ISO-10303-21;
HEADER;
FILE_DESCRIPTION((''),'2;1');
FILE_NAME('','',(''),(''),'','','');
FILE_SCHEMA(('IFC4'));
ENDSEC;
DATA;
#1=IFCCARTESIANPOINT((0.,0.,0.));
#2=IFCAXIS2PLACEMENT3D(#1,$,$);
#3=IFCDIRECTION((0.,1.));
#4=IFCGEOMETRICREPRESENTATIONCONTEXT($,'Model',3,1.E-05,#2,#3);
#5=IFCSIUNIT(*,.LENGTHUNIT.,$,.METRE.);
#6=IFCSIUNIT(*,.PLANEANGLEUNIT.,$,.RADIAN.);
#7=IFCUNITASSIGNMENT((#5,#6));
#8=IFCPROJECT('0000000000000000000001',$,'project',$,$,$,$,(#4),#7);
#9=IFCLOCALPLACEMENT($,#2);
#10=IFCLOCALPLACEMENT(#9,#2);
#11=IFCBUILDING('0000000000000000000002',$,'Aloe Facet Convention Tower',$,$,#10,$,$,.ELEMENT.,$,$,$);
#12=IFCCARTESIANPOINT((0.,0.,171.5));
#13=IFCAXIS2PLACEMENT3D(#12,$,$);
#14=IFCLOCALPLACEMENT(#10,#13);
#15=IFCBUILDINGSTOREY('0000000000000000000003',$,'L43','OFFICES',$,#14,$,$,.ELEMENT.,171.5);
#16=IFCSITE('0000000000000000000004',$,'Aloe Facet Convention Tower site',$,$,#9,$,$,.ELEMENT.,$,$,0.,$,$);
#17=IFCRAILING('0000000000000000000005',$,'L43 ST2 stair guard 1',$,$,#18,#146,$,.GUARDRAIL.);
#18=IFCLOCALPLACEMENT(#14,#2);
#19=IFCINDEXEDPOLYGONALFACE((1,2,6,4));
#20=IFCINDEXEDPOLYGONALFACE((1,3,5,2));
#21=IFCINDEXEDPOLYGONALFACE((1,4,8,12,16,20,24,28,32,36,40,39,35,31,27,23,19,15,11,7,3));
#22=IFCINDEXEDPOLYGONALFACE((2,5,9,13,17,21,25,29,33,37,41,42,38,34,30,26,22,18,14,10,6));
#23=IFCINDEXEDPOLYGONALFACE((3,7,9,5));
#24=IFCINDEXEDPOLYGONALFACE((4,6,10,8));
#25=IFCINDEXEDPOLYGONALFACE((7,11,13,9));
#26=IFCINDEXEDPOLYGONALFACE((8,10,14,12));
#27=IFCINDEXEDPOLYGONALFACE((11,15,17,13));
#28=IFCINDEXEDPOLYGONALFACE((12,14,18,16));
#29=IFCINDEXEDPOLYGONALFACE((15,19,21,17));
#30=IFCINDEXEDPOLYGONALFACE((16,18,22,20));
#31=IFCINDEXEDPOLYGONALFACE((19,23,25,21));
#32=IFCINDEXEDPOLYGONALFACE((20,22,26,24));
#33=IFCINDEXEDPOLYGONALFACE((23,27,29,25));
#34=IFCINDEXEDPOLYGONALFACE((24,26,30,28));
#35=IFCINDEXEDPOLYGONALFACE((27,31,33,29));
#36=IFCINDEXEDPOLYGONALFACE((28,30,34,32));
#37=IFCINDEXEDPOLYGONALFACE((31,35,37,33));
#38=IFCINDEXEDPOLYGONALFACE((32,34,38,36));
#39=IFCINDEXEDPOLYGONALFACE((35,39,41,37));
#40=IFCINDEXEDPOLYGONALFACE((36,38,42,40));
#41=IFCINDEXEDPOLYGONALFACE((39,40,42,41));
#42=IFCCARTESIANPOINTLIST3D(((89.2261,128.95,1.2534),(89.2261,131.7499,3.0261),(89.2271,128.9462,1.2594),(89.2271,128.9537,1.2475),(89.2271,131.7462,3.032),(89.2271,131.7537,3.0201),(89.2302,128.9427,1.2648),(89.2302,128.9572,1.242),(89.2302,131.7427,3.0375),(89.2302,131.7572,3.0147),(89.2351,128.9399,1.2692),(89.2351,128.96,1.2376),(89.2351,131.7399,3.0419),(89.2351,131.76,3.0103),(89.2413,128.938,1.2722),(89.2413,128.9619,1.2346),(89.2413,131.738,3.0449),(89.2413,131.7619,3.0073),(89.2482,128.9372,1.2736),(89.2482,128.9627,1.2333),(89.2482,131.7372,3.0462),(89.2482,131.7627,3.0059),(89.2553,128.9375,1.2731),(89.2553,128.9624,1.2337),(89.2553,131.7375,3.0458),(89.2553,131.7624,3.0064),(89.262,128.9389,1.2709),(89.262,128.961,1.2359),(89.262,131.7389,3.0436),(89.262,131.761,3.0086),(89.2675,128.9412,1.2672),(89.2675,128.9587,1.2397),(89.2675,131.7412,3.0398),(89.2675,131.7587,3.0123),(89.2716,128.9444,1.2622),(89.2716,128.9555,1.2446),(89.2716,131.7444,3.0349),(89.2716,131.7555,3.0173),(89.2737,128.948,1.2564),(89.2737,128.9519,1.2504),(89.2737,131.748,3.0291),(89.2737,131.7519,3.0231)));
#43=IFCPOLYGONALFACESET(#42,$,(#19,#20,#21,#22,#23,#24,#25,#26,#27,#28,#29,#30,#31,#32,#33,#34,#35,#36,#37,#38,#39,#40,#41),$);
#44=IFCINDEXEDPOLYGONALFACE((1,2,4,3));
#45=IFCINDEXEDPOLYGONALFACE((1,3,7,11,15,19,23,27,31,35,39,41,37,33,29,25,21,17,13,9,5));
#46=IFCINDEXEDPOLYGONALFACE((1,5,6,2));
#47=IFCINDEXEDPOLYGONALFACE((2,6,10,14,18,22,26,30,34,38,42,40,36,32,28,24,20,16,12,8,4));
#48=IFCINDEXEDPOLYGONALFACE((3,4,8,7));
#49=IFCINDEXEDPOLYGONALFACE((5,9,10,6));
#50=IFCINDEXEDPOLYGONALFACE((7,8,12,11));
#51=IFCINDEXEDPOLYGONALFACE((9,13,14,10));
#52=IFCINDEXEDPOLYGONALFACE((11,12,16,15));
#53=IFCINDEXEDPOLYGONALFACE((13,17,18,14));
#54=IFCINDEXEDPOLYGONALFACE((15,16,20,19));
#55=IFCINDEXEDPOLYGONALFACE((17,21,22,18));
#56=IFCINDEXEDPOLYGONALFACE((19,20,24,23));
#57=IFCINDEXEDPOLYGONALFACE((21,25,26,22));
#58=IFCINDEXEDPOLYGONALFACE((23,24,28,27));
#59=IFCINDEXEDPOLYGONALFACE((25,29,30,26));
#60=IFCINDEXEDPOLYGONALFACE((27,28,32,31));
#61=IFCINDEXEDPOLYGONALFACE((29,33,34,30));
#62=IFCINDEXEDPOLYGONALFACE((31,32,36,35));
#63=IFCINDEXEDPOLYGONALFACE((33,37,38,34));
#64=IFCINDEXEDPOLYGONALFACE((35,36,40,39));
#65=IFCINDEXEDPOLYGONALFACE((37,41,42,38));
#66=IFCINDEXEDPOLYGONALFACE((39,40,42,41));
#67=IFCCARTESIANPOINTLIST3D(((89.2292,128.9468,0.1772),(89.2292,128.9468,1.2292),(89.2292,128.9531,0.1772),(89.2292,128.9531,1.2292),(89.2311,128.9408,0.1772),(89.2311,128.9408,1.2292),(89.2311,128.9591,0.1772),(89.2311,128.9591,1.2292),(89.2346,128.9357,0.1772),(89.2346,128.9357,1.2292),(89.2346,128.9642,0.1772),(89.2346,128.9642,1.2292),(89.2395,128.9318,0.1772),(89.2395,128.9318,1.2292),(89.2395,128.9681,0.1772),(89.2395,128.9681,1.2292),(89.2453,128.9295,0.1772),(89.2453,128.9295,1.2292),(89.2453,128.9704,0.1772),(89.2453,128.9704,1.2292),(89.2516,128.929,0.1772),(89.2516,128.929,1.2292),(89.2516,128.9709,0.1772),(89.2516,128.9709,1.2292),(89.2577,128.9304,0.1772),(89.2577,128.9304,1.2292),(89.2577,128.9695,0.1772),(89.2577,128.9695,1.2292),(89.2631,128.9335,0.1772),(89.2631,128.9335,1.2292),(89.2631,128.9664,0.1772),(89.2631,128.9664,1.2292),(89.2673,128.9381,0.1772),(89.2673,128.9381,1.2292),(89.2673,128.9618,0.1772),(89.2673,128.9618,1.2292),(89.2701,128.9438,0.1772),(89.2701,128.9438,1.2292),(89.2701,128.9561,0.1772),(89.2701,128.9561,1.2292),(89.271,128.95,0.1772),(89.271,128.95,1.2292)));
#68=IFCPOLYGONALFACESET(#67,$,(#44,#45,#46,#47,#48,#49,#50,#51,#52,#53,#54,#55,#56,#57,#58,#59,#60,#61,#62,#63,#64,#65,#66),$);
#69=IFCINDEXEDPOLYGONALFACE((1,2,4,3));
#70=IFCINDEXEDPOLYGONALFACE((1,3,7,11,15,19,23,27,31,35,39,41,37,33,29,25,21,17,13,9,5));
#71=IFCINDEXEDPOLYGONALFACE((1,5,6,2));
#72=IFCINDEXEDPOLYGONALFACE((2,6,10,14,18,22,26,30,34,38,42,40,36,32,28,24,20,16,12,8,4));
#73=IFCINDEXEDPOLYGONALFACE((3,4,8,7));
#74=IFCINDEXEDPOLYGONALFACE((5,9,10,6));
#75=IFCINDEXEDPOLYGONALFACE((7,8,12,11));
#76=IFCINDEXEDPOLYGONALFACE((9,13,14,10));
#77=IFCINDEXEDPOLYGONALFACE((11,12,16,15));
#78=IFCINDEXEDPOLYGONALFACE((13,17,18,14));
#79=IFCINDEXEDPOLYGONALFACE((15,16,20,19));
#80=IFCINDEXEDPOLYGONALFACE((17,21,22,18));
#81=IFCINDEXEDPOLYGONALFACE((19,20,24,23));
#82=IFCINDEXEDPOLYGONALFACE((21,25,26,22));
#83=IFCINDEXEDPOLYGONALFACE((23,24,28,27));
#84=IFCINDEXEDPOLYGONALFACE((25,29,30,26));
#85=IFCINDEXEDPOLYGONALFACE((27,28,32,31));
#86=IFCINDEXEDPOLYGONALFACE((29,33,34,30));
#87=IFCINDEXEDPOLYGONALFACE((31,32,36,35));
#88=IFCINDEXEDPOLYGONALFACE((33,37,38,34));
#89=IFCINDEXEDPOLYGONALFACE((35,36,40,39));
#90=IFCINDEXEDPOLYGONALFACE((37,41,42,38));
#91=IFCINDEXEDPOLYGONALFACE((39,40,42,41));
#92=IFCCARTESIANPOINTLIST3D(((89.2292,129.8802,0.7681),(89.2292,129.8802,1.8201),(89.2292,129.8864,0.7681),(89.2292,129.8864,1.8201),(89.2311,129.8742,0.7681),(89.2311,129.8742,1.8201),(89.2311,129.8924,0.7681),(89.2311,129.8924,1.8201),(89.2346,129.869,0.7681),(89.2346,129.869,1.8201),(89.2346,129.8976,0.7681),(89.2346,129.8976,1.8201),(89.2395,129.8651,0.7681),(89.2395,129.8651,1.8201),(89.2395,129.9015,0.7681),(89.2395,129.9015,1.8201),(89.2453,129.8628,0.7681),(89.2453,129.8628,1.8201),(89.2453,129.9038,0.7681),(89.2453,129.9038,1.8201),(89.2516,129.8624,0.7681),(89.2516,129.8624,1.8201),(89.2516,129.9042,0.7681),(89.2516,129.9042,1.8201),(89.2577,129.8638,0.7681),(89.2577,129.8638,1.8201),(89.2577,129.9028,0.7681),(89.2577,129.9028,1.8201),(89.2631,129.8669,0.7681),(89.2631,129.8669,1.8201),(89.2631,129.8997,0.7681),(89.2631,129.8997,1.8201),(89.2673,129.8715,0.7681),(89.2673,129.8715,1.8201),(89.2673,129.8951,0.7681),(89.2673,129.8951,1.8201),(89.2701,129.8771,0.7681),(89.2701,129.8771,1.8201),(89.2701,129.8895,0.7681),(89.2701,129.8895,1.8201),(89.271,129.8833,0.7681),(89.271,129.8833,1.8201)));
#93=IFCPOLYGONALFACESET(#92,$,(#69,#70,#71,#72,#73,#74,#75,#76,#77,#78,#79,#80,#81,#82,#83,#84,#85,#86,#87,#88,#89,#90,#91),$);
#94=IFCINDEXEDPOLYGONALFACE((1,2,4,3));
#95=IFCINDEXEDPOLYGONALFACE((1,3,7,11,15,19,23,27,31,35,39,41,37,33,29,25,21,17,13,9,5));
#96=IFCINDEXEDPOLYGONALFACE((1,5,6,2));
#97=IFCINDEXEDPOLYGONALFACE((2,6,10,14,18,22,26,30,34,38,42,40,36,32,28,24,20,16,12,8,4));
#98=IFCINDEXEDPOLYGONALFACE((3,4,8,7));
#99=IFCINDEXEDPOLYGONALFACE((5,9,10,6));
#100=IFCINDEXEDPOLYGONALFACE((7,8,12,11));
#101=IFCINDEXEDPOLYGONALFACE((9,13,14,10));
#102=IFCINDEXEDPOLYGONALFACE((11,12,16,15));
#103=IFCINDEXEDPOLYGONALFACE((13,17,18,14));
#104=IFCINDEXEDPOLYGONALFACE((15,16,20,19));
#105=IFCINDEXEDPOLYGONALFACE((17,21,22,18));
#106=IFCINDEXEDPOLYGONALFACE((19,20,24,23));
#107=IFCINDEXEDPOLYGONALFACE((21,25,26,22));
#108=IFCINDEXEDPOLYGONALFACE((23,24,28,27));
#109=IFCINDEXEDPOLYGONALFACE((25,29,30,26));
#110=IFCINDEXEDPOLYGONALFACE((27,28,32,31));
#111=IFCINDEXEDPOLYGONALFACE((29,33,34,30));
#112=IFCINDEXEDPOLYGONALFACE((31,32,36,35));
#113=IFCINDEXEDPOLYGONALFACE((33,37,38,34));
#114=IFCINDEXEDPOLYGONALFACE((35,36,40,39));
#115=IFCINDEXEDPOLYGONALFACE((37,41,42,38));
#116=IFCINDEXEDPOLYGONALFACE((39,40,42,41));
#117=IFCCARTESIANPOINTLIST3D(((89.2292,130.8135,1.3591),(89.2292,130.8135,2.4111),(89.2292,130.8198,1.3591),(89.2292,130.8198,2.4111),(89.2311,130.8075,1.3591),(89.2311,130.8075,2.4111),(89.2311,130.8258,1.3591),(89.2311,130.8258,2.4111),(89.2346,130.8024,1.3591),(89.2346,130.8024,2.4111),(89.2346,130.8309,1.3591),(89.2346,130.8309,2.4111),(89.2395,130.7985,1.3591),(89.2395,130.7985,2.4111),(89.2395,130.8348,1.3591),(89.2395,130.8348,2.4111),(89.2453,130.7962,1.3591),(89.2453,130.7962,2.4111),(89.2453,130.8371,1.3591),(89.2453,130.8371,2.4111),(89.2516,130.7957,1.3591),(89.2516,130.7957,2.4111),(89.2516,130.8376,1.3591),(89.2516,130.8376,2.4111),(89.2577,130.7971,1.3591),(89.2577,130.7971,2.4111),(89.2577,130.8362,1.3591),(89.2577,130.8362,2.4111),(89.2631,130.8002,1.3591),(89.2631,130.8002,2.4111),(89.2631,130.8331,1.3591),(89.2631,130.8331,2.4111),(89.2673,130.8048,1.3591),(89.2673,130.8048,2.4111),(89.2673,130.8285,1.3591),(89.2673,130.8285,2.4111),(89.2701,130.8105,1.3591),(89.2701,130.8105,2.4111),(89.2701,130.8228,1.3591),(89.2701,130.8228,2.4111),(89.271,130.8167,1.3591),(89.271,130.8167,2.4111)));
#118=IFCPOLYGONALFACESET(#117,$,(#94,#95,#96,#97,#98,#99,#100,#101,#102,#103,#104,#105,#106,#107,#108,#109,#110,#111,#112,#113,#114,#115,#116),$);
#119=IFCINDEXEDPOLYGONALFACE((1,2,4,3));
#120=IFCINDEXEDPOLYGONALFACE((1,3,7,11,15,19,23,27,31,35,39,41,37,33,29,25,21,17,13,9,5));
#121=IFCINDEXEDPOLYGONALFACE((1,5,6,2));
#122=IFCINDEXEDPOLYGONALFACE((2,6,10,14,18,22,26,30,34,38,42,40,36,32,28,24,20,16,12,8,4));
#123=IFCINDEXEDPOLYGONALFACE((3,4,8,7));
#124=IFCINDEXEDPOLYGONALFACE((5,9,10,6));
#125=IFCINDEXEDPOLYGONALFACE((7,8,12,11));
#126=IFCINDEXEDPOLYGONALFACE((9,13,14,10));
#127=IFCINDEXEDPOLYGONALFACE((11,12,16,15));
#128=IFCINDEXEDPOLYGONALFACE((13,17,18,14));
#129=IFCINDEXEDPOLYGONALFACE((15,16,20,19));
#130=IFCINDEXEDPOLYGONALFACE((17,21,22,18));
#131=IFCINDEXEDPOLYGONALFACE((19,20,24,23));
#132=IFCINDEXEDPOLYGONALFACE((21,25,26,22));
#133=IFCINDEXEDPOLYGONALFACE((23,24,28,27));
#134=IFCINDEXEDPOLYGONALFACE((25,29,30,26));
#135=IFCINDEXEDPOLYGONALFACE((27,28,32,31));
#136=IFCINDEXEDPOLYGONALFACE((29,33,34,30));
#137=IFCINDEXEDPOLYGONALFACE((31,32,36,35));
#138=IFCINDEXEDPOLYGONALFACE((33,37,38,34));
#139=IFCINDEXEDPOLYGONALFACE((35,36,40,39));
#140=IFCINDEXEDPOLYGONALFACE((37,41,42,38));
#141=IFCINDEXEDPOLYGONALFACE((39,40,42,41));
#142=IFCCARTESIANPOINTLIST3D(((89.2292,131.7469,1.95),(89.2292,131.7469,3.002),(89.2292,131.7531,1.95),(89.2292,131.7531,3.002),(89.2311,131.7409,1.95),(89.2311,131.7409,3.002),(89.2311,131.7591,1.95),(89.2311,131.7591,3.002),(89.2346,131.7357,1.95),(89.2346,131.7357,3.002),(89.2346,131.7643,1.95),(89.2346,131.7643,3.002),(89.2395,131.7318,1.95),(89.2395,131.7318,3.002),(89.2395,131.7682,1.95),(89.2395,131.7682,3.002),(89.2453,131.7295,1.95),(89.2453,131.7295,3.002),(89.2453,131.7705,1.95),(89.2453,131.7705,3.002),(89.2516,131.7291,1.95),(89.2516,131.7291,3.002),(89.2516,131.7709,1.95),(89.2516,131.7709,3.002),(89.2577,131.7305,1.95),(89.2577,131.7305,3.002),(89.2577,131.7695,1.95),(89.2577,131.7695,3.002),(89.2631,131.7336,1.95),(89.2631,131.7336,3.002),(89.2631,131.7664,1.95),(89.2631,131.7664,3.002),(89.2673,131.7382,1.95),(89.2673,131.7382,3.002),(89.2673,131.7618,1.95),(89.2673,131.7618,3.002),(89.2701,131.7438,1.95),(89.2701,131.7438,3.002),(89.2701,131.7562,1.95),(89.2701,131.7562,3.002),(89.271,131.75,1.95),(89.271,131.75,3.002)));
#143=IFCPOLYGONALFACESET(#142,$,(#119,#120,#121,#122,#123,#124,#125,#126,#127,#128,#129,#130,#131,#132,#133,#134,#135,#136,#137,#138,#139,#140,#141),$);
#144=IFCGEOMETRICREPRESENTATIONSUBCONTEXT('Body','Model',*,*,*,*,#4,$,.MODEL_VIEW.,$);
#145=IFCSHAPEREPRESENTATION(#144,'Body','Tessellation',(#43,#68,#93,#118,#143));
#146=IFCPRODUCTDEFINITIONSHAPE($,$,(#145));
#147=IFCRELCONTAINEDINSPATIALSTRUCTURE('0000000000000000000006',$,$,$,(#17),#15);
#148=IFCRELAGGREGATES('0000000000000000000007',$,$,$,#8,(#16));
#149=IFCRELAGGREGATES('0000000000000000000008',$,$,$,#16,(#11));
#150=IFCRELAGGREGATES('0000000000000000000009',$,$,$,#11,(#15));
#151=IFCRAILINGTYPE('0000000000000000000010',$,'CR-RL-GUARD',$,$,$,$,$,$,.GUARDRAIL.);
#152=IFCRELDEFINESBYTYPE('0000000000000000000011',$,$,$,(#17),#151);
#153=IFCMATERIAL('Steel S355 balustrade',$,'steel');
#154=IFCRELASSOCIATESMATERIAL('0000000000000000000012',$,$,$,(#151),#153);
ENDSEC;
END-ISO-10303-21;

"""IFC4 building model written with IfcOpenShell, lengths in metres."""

from ifc_helpers import new_model, si_unit, direction, frame, origin, origin_2d, place, context, subcontext, project, spatial, circle, extrude, material, type_object, element, save


model = new_model("IFC4")

# Units and contexts
model_context = context("Model", 3, precision=1e-05, world=origin(), true_north=direction((0.0, 1.0)))
body_context = subcontext(model_context, "Body", "Model", "MODEL_VIEW")
ifc_project = project(units=[si_unit("LENGTHUNIT", "METRE"), si_unit("PLANEANGLEUNIT", "RADIAN")], contexts=[model_context])

# Site, building, storey
site_placement = place(None, origin())
site = spatial("IfcSite", under=ifc_project, at=site_placement, Name="Aloe Facet Convention Tower site", CompositionType="ELEMENT", RefElevation=0.0)
building_placement = place(site_placement, origin())
building = spatial("IfcBuilding", under=site, at=building_placement, Name="Aloe Facet Convention Tower", CompositionType="ELEMENT")
storey_placement = place(building_placement, frame((0.0, 0.0, 171.5)))
storey = spatial("IfcBuildingStorey", under=building, at=storey_placement, Name="L43", Description="OFFICES", CompositionType="ELEMENT", Elevation=171.5)

# Railing
ifc_material_1 = material(Name="Steel S355 balustrade", Category="steel")
railing_type_1 = type_object("IfcRailingType", Name="CR-RL-GUARD", PredefinedType="GUARDRAIL", material=ifc_material_1)
railing_1_placement = place(storey_placement, frame((89.25, 128.95, 0.1772)))
element("IfcRailing", 1, at=railing_1_placement, inside=storey, type_object=railing_type_1, Name="L43 ST2 stair guard 1", PredefinedType="GUARDRAIL", context=body_context, shape_type="SweptSolid", body=[
    extrude(circle(Radius=0.0239, at=origin_2d()), frame((0.0, 0.0, 1.0762), z_axis=(0.0, 0.844909, 0.53491), x_axis=(-1.0, 0.0, 0.0)), (0.0, 0.0, 1.0), 3.314),
    extrude(circle(Radius=0.021, at=origin_2d()), origin(), (0.0, 0.0, 1.0), 1.052),
    extrude(circle(Radius=0.021, at=origin_2d()), frame((0.0, 0.9333, 0.5908)), (0.0, 0.0, 1.0), 1.052),
    extrude(circle(Radius=0.021, at=origin_2d()), frame((0.0, 1.8667, 1.1819)), (0.0, 0.0, 1.0), 1.052),
    extrude(circle(Radius=0.021, at=origin_2d()), frame((0.0, 2.8, 1.7727)), (0.0, 0.0, 1.0), 1.052),
])

save(model, "model.ifc")
